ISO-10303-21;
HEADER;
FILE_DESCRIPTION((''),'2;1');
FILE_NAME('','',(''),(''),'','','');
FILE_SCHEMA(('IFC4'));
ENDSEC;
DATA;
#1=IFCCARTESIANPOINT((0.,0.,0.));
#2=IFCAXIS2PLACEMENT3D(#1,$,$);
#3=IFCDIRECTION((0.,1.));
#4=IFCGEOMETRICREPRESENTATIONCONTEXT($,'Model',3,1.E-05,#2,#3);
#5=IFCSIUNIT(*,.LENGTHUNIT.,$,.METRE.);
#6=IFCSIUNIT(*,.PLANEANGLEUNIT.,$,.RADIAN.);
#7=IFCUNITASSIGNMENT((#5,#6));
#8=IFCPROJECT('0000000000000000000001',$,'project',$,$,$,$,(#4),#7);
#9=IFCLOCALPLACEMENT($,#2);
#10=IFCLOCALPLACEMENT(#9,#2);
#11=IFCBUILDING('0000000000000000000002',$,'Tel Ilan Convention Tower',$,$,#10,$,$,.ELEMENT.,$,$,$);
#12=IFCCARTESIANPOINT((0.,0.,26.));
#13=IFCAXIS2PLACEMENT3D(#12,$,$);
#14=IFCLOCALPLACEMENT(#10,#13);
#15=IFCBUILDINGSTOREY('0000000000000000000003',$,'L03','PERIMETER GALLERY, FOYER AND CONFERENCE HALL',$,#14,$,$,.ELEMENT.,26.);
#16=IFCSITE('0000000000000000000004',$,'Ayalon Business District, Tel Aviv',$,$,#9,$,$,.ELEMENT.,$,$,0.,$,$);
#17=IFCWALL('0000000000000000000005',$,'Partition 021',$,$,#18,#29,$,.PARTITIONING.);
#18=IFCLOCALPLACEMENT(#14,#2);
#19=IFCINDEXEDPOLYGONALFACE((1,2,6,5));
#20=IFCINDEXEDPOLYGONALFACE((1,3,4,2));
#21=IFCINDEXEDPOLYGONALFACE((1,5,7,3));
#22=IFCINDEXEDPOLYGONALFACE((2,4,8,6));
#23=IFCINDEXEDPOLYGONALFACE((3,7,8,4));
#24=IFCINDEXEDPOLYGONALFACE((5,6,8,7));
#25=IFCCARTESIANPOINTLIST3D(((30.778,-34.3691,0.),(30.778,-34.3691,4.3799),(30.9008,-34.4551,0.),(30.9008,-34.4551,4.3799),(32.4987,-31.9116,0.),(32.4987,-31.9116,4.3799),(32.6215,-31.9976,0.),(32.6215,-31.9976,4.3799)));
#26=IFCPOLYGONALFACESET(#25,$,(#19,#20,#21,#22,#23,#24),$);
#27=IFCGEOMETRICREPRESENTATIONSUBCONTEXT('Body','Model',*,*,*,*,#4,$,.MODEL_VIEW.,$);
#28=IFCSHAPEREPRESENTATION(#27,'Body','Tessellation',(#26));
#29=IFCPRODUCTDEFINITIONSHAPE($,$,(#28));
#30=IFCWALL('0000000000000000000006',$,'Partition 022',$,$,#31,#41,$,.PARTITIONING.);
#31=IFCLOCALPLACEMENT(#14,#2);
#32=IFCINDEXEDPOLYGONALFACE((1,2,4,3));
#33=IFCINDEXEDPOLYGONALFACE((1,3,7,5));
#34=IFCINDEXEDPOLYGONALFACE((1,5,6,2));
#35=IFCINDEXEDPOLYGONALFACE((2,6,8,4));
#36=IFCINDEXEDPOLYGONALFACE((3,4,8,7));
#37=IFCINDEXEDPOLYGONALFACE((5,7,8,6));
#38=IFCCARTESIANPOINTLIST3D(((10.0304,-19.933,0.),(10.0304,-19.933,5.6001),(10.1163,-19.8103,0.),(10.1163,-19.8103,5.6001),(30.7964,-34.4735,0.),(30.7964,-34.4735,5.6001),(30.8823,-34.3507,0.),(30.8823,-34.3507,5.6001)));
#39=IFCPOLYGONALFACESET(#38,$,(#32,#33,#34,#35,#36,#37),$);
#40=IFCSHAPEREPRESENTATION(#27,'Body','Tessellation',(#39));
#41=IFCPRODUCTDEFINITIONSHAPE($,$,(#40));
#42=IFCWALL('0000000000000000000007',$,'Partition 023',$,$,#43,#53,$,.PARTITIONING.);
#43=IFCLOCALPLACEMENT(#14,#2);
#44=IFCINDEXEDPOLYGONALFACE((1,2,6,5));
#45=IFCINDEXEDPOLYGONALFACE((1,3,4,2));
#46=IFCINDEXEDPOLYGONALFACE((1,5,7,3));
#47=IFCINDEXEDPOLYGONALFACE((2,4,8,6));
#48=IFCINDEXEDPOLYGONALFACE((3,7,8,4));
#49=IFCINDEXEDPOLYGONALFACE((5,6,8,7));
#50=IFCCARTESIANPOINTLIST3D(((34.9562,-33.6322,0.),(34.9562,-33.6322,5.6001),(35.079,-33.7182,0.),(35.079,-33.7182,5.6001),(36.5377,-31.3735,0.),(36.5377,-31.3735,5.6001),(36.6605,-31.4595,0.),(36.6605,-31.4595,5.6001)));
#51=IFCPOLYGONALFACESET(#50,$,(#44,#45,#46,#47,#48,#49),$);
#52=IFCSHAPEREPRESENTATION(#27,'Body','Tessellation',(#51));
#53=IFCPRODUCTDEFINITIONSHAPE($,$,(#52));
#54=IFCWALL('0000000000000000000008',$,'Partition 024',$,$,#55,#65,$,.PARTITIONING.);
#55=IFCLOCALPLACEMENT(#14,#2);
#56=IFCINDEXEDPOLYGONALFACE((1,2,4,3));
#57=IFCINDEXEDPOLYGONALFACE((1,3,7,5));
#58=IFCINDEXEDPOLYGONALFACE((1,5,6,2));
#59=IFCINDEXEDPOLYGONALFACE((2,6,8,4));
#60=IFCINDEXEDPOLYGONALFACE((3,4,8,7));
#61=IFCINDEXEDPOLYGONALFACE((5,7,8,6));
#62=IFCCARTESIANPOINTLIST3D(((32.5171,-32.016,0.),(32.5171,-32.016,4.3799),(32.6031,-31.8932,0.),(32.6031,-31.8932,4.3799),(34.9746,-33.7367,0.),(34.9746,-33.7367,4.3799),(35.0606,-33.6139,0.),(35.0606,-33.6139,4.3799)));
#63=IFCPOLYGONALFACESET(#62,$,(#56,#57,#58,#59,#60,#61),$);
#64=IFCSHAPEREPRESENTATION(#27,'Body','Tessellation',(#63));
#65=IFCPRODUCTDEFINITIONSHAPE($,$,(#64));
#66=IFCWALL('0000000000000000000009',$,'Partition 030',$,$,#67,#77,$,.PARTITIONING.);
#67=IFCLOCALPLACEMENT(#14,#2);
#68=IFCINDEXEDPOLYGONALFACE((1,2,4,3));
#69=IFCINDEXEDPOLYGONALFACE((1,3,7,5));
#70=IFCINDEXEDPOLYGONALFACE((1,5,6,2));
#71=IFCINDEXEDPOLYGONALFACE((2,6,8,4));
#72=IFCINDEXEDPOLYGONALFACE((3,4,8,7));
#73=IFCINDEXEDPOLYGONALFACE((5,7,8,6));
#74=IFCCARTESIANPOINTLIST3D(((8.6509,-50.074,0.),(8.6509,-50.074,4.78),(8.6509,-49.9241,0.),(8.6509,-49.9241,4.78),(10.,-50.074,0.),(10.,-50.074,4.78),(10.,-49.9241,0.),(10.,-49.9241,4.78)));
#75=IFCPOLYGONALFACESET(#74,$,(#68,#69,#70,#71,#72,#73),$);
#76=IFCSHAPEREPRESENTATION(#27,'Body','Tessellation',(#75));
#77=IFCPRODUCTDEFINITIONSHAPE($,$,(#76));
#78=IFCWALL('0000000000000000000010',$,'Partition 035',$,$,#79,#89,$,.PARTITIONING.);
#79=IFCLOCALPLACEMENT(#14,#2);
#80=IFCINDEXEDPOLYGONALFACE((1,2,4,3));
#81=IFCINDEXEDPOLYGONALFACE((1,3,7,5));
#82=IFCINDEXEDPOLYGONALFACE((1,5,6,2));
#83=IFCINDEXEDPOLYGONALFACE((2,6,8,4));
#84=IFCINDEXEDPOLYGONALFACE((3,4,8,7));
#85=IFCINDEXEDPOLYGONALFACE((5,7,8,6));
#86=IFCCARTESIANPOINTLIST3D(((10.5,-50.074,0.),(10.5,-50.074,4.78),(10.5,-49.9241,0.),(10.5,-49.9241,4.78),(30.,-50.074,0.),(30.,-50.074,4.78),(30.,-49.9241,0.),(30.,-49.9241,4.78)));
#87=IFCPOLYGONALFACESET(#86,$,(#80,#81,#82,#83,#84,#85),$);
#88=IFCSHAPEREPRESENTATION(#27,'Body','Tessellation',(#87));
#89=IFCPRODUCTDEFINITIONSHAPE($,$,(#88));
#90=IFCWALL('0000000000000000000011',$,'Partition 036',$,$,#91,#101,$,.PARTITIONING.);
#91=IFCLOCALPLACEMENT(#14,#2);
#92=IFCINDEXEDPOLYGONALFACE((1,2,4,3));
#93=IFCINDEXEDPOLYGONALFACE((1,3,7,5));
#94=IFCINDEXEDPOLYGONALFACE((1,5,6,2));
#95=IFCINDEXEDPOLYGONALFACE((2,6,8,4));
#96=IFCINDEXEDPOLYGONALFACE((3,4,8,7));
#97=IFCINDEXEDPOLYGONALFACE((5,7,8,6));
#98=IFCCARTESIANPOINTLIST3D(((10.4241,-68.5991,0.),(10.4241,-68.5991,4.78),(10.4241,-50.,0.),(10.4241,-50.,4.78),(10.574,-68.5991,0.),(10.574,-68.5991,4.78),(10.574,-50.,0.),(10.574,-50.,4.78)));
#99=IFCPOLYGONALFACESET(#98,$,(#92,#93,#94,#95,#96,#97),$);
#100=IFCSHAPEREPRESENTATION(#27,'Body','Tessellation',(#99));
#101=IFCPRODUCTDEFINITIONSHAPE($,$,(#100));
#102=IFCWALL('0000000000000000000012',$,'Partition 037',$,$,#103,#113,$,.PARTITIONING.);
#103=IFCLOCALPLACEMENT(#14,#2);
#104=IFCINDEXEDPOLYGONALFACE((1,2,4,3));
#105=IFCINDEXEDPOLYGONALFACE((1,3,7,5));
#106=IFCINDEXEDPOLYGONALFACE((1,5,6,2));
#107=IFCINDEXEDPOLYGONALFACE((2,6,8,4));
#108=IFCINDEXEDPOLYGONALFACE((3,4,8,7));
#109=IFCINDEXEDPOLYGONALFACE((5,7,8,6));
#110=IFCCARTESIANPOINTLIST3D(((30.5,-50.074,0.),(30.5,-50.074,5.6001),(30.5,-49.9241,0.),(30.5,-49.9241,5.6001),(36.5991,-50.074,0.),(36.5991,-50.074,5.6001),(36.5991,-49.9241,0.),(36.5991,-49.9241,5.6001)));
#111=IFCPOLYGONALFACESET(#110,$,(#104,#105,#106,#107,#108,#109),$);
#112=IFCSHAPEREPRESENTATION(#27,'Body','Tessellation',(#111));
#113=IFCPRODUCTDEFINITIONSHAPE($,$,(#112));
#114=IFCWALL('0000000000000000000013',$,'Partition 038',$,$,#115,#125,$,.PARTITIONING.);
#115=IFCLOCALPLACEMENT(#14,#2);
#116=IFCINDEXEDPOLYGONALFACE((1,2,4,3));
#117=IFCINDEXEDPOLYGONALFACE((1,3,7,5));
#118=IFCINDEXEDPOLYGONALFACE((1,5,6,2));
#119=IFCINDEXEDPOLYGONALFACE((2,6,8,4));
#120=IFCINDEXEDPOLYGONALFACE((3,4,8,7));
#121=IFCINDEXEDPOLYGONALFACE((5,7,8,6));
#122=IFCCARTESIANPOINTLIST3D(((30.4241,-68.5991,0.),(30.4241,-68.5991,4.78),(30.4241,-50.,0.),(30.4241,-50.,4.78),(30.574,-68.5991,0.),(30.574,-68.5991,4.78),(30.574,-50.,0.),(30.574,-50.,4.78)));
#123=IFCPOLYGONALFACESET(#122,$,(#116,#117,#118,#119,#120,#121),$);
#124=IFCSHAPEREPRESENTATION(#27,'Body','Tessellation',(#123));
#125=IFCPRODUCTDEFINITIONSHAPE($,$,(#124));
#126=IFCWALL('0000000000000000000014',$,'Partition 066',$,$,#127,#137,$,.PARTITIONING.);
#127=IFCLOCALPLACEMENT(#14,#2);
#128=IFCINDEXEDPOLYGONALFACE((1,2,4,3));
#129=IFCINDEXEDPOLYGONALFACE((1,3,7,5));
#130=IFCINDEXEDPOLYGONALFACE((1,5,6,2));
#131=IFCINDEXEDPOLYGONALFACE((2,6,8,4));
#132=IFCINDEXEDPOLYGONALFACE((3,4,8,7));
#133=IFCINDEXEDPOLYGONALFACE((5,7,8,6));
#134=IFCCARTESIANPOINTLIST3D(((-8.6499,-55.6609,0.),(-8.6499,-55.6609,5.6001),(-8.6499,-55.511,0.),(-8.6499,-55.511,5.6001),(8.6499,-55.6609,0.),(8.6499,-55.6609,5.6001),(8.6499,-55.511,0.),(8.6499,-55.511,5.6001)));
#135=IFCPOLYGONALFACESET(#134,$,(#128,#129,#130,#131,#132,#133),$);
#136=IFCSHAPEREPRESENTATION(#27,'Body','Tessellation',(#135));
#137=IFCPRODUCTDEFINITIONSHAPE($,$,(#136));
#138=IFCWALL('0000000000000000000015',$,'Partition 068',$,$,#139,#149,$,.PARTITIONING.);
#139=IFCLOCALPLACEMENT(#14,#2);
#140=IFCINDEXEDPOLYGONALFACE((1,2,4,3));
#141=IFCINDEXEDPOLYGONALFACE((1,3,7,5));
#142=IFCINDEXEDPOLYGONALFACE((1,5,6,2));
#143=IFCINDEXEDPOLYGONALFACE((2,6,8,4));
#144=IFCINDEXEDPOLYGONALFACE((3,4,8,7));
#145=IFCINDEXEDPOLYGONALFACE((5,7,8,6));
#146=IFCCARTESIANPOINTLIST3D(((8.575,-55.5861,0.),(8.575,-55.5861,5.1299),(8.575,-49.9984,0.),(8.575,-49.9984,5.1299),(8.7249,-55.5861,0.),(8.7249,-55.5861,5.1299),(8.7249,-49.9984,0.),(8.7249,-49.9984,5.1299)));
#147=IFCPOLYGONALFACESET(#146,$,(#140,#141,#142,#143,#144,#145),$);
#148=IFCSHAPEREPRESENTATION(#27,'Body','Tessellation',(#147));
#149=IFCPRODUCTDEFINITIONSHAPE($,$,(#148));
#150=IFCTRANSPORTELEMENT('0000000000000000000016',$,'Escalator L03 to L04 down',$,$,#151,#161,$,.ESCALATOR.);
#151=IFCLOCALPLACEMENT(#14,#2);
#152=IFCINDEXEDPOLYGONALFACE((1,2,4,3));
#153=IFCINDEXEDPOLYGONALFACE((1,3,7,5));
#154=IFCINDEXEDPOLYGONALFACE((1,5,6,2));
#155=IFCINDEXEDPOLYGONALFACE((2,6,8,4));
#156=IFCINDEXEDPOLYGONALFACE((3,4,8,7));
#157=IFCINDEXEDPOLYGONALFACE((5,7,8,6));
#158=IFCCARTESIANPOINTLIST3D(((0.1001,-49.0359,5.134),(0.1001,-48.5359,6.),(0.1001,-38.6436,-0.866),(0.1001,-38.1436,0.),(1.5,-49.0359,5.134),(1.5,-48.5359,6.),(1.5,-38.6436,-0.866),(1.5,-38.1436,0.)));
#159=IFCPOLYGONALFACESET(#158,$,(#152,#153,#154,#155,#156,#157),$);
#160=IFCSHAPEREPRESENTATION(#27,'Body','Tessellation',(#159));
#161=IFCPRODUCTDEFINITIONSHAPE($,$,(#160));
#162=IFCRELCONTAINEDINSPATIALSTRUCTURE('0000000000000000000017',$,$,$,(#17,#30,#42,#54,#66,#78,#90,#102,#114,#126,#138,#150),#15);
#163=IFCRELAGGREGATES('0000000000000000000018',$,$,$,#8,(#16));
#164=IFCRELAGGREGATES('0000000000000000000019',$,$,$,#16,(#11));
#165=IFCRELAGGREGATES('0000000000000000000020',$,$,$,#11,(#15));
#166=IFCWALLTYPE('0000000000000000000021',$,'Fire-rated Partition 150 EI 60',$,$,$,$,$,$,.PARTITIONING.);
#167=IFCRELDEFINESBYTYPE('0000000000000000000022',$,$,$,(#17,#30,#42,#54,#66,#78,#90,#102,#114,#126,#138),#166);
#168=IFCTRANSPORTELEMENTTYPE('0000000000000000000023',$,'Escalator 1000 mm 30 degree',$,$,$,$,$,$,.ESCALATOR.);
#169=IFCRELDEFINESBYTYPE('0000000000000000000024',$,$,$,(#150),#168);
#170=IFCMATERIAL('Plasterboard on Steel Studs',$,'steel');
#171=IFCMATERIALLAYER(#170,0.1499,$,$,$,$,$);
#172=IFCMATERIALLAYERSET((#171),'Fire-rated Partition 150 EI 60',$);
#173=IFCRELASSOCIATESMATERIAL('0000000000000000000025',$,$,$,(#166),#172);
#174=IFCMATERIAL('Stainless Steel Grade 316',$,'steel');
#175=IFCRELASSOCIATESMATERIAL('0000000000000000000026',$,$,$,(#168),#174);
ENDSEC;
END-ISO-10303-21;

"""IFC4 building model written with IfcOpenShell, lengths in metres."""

from ifc_helpers import new_model, si_unit, direction, frame, frame_2d, origin, place, context, subcontext, project, spatial, polyline, rectangle, outline, extrude, material, layer, layer_set, type_object, element, save


model = new_model("IFC4")

# Units and contexts
model_context = context("Model", 3, precision=1e-05, world=origin(), true_north=direction((0.0, 1.0)))
body_context = subcontext(model_context, "Body", "Model", "MODEL_VIEW")
ifc_project = project(units=[si_unit("LENGTHUNIT", "METRE"), si_unit("PLANEANGLEUNIT", "RADIAN")], contexts=[model_context])

# Site, building, storey
site_placement = place(None, origin())
site = spatial("IfcSite", under=ifc_project, at=site_placement, Name="Ayalon Business District, Tel Aviv", CompositionType="ELEMENT", RefElevation=0.0)
building_placement = place(site_placement, origin())
building = spatial("IfcBuilding", under=site, at=building_placement, Name="Tel Ilan Convention Tower", CompositionType="ELEMENT")
storey_placement = place(building_placement, frame((0.0, 0.0, 26.0)))
storey = spatial("IfcBuildingStorey", under=building, at=storey_placement, Name="L03", Description="PERIMETER GALLERY, FOYER AND CONFERENCE HALL", CompositionType="ELEMENT", Elevation=26.0)

# Walls
ifc_material_1 = material(Name="Plasterboard on Steel Studs", Category="steel")
ifc_layer = layer(ifc_material_1, 0.1499)
ifc_layer_set = layer_set([ifc_layer], Name="Fire-rated Partition 150 EI 60")
wall_type = type_object("IfcWallType", Name="Fire-rated Partition 150 EI 60", PredefinedType="PARTITIONING", material=ifc_layer_set)
wall_1_placement = place(storey_placement, frame((32.5601, -31.9546, 0.0), z_axis=(0.0, 0.0, 1.0), x_axis=(-0.573561, -0.819163, 0.0)))
element("IfcWall", 1, at=wall_1_placement, inside=storey, type_object=wall_type, Name="Partition 021", PredefinedType="PARTITIONING", context=body_context, shape_type="SweptSolid", body=[
    extrude(rectangle(XDim=3.0, YDim=0.1499, at=frame_2d((1.5, 0.0))), origin(), (0.0, 0.0, 1.0), 4.3799),
])
wall_2_placement = place(storey_placement, frame((30.8394, -34.4121, 0.0), z_axis=(0.0, 0.0, 1.0), x_axis=(-0.819153, 0.573575, 0.0)))
element("IfcWall", 2, at=wall_2_placement, inside=storey, type_object=wall_type, Name="Partition 022", PredefinedType="PARTITIONING", context=body_context, shape_type="SweptSolid", body=[
    extrude(rectangle(XDim=25.3506, YDim=0.1499, at=frame_2d((12.6753, 0.0))), origin(), (0.0, 0.0, 1.0), 5.6001),
])
wall_3_placement = place(storey_placement, frame((36.5991, -31.4165, 0.0), z_axis=(0.0, 0.0, 1.0), x_axis=(-0.573557, -0.819165, 0.0)))
element("IfcWall", 3, at=wall_3_placement, inside=storey, type_object=wall_type, Name="Partition 023", PredefinedType="PARTITIONING", context=body_context, shape_type="SweptSolid", body=[
    extrude(rectangle(XDim=2.7573, YDim=0.1499, at=frame_2d((1.3787, 0.0))), origin(), (0.0, 0.0, 1.0), 5.6001),
])
wall_4_placement = place(storey_placement, frame((35.0176, -33.6753, 0.0), z_axis=(0.0, 0.0, 1.0), x_axis=(-0.819163, 0.573561, 0.0)))
element("IfcWall", 4, at=wall_4_placement, inside=storey, type_object=wall_type, Name="Partition 024", PredefinedType="PARTITIONING", context=body_context, shape_type="SweptSolid", body=[
    extrude(rectangle(XDim=3.0, YDim=0.1499, at=frame_2d((1.5, 0.0))), origin(), (0.0, 0.0, 1.0), 4.3799),
])
wall_5_placement = place(storey_placement, frame((10.0, -49.999, 0.0), z_axis=(0.0, 0.0, 1.0), x_axis=(-1.0, 0.0, 0.0)))
element("IfcWall", 5, at=wall_5_placement, inside=storey, type_object=wall_type, Name="Partition 030", PredefinedType="PARTITIONING", context=body_context, shape_type="SweptSolid", body=[
    extrude(rectangle(XDim=1.3491, YDim=0.1499, at=frame_2d((0.6746, 0.0))), origin(), (0.0, 0.0, 1.0), 4.78),
])
wall_6_placement = place(storey_placement, frame((30.0, -49.999, 0.0), z_axis=(0.0, 0.0, 1.0), x_axis=(-1.0, 0.0, 0.0)))
element("IfcWall", 6, at=wall_6_placement, inside=storey, type_object=wall_type, Name="Partition 035", PredefinedType="PARTITIONING", context=body_context, shape_type="SweptSolid", body=[
    extrude(rectangle(XDim=19.5, YDim=0.1499, at=frame_2d((9.75, 0.0))), origin(), (0.0, 0.0, 1.0), 4.78),
])
wall_7_placement = place(storey_placement, frame((10.499, -50.0, 0.0), z_axis=(0.0, 0.0, 1.0), x_axis=(0.0, -1.0, 0.0)))
element("IfcWall", 7, at=wall_7_placement, inside=storey, type_object=wall_type, Name="Partition 036", PredefinedType="PARTITIONING", context=body_context, shape_type="SweptSolid", body=[
    extrude(rectangle(XDim=18.5991, YDim=0.1499, at=frame_2d((9.2996, 0.0))), origin(), (0.0, 0.0, 1.0), 4.78),
])
wall_8_placement = place(storey_placement, frame((36.5991, -49.999, 0.0), z_axis=(0.0, 0.0, 1.0), x_axis=(-1.0, 0.0, 0.0)))
element("IfcWall", 8, at=wall_8_placement, inside=storey, type_object=wall_type, Name="Partition 037", PredefinedType="PARTITIONING", context=body_context, shape_type="SweptSolid", body=[
    extrude(rectangle(XDim=6.0991, YDim=0.1499, at=frame_2d((3.0496, 0.0))), origin(), (0.0, 0.0, 1.0), 5.6001),
])
wall_9_placement = place(storey_placement, frame((30.499, -50.0, 0.0), z_axis=(0.0, 0.0, 1.0), x_axis=(0.0, -1.0, 0.0)))
element("IfcWall", 9, at=wall_9_placement, inside=storey, type_object=wall_type, Name="Partition 038", PredefinedType="PARTITIONING", context=body_context, shape_type="SweptSolid", body=[
    extrude(rectangle(XDim=18.5991, YDim=0.1499, at=frame_2d((9.2996, 0.0))), origin(), (0.0, 0.0, 1.0), 4.78),
])
wall_10_placement = place(storey_placement, frame((8.6499, -55.5859, 0.0), z_axis=(0.0, 0.0, 1.0), x_axis=(-1.0, 0.0, 0.0)))
element("IfcWall", 10, at=wall_10_placement, inside=storey, type_object=wall_type, Name="Partition 066", PredefinedType="PARTITIONING", context=body_context, shape_type="SweptSolid", body=[
    extrude(rectangle(XDim=17.2998, YDim=0.1499, at=frame_2d((8.6499, 0.0))), origin(), (0.0, 0.0, 1.0), 5.6001),
])
wall_11_placement = place(storey_placement, frame((8.6499, -49.9983, 0.0), z_axis=(0.0, 0.0, 1.0), x_axis=(0.0, -1.0, 0.0)))
element("IfcWall", 11, at=wall_11_placement, inside=storey, type_object=wall_type, Name="Partition 068", PredefinedType="PARTITIONING", context=body_context, shape_type="SweptSolid", body=[
    extrude(rectangle(XDim=5.5876, YDim=0.1499, at=frame_2d((2.7939, 0.0))), origin(), (0.0, 0.0, 1.0), 5.1299),
])

# Transport element
ifc_material_2 = material(Name="Stainless Steel Grade 316", Category="steel")
transport_element_type = type_object("IfcTransportElementType", Name="Escalator 1000 mm 30 degree", PredefinedType="ESCALATOR", material=ifc_material_2)
transport_element_placement = place(storey_placement, frame((0.1001, -38.1436, 0.0), z_axis=(0.0, 0.499999, 0.866026), x_axis=(1.0, 0.0, 0.0)))
element("IfcTransportElement", 12, at=transport_element_placement, inside=storey, type_object=transport_element_type, Name="Escalator L03 to L04 down", PredefinedType="ESCALATOR", context=body_context, shape_type="SweptSolid", body=[
    extrude(outline(polyline([(0.0, 0.0), (1.3999, 0.0), (1.3999, -12.0), (0.0, -12.0), (0.0, 0.0)])), origin(), (0.0, 0.0, -1.0), 1.0),
])

save(model, "model.ifc")
